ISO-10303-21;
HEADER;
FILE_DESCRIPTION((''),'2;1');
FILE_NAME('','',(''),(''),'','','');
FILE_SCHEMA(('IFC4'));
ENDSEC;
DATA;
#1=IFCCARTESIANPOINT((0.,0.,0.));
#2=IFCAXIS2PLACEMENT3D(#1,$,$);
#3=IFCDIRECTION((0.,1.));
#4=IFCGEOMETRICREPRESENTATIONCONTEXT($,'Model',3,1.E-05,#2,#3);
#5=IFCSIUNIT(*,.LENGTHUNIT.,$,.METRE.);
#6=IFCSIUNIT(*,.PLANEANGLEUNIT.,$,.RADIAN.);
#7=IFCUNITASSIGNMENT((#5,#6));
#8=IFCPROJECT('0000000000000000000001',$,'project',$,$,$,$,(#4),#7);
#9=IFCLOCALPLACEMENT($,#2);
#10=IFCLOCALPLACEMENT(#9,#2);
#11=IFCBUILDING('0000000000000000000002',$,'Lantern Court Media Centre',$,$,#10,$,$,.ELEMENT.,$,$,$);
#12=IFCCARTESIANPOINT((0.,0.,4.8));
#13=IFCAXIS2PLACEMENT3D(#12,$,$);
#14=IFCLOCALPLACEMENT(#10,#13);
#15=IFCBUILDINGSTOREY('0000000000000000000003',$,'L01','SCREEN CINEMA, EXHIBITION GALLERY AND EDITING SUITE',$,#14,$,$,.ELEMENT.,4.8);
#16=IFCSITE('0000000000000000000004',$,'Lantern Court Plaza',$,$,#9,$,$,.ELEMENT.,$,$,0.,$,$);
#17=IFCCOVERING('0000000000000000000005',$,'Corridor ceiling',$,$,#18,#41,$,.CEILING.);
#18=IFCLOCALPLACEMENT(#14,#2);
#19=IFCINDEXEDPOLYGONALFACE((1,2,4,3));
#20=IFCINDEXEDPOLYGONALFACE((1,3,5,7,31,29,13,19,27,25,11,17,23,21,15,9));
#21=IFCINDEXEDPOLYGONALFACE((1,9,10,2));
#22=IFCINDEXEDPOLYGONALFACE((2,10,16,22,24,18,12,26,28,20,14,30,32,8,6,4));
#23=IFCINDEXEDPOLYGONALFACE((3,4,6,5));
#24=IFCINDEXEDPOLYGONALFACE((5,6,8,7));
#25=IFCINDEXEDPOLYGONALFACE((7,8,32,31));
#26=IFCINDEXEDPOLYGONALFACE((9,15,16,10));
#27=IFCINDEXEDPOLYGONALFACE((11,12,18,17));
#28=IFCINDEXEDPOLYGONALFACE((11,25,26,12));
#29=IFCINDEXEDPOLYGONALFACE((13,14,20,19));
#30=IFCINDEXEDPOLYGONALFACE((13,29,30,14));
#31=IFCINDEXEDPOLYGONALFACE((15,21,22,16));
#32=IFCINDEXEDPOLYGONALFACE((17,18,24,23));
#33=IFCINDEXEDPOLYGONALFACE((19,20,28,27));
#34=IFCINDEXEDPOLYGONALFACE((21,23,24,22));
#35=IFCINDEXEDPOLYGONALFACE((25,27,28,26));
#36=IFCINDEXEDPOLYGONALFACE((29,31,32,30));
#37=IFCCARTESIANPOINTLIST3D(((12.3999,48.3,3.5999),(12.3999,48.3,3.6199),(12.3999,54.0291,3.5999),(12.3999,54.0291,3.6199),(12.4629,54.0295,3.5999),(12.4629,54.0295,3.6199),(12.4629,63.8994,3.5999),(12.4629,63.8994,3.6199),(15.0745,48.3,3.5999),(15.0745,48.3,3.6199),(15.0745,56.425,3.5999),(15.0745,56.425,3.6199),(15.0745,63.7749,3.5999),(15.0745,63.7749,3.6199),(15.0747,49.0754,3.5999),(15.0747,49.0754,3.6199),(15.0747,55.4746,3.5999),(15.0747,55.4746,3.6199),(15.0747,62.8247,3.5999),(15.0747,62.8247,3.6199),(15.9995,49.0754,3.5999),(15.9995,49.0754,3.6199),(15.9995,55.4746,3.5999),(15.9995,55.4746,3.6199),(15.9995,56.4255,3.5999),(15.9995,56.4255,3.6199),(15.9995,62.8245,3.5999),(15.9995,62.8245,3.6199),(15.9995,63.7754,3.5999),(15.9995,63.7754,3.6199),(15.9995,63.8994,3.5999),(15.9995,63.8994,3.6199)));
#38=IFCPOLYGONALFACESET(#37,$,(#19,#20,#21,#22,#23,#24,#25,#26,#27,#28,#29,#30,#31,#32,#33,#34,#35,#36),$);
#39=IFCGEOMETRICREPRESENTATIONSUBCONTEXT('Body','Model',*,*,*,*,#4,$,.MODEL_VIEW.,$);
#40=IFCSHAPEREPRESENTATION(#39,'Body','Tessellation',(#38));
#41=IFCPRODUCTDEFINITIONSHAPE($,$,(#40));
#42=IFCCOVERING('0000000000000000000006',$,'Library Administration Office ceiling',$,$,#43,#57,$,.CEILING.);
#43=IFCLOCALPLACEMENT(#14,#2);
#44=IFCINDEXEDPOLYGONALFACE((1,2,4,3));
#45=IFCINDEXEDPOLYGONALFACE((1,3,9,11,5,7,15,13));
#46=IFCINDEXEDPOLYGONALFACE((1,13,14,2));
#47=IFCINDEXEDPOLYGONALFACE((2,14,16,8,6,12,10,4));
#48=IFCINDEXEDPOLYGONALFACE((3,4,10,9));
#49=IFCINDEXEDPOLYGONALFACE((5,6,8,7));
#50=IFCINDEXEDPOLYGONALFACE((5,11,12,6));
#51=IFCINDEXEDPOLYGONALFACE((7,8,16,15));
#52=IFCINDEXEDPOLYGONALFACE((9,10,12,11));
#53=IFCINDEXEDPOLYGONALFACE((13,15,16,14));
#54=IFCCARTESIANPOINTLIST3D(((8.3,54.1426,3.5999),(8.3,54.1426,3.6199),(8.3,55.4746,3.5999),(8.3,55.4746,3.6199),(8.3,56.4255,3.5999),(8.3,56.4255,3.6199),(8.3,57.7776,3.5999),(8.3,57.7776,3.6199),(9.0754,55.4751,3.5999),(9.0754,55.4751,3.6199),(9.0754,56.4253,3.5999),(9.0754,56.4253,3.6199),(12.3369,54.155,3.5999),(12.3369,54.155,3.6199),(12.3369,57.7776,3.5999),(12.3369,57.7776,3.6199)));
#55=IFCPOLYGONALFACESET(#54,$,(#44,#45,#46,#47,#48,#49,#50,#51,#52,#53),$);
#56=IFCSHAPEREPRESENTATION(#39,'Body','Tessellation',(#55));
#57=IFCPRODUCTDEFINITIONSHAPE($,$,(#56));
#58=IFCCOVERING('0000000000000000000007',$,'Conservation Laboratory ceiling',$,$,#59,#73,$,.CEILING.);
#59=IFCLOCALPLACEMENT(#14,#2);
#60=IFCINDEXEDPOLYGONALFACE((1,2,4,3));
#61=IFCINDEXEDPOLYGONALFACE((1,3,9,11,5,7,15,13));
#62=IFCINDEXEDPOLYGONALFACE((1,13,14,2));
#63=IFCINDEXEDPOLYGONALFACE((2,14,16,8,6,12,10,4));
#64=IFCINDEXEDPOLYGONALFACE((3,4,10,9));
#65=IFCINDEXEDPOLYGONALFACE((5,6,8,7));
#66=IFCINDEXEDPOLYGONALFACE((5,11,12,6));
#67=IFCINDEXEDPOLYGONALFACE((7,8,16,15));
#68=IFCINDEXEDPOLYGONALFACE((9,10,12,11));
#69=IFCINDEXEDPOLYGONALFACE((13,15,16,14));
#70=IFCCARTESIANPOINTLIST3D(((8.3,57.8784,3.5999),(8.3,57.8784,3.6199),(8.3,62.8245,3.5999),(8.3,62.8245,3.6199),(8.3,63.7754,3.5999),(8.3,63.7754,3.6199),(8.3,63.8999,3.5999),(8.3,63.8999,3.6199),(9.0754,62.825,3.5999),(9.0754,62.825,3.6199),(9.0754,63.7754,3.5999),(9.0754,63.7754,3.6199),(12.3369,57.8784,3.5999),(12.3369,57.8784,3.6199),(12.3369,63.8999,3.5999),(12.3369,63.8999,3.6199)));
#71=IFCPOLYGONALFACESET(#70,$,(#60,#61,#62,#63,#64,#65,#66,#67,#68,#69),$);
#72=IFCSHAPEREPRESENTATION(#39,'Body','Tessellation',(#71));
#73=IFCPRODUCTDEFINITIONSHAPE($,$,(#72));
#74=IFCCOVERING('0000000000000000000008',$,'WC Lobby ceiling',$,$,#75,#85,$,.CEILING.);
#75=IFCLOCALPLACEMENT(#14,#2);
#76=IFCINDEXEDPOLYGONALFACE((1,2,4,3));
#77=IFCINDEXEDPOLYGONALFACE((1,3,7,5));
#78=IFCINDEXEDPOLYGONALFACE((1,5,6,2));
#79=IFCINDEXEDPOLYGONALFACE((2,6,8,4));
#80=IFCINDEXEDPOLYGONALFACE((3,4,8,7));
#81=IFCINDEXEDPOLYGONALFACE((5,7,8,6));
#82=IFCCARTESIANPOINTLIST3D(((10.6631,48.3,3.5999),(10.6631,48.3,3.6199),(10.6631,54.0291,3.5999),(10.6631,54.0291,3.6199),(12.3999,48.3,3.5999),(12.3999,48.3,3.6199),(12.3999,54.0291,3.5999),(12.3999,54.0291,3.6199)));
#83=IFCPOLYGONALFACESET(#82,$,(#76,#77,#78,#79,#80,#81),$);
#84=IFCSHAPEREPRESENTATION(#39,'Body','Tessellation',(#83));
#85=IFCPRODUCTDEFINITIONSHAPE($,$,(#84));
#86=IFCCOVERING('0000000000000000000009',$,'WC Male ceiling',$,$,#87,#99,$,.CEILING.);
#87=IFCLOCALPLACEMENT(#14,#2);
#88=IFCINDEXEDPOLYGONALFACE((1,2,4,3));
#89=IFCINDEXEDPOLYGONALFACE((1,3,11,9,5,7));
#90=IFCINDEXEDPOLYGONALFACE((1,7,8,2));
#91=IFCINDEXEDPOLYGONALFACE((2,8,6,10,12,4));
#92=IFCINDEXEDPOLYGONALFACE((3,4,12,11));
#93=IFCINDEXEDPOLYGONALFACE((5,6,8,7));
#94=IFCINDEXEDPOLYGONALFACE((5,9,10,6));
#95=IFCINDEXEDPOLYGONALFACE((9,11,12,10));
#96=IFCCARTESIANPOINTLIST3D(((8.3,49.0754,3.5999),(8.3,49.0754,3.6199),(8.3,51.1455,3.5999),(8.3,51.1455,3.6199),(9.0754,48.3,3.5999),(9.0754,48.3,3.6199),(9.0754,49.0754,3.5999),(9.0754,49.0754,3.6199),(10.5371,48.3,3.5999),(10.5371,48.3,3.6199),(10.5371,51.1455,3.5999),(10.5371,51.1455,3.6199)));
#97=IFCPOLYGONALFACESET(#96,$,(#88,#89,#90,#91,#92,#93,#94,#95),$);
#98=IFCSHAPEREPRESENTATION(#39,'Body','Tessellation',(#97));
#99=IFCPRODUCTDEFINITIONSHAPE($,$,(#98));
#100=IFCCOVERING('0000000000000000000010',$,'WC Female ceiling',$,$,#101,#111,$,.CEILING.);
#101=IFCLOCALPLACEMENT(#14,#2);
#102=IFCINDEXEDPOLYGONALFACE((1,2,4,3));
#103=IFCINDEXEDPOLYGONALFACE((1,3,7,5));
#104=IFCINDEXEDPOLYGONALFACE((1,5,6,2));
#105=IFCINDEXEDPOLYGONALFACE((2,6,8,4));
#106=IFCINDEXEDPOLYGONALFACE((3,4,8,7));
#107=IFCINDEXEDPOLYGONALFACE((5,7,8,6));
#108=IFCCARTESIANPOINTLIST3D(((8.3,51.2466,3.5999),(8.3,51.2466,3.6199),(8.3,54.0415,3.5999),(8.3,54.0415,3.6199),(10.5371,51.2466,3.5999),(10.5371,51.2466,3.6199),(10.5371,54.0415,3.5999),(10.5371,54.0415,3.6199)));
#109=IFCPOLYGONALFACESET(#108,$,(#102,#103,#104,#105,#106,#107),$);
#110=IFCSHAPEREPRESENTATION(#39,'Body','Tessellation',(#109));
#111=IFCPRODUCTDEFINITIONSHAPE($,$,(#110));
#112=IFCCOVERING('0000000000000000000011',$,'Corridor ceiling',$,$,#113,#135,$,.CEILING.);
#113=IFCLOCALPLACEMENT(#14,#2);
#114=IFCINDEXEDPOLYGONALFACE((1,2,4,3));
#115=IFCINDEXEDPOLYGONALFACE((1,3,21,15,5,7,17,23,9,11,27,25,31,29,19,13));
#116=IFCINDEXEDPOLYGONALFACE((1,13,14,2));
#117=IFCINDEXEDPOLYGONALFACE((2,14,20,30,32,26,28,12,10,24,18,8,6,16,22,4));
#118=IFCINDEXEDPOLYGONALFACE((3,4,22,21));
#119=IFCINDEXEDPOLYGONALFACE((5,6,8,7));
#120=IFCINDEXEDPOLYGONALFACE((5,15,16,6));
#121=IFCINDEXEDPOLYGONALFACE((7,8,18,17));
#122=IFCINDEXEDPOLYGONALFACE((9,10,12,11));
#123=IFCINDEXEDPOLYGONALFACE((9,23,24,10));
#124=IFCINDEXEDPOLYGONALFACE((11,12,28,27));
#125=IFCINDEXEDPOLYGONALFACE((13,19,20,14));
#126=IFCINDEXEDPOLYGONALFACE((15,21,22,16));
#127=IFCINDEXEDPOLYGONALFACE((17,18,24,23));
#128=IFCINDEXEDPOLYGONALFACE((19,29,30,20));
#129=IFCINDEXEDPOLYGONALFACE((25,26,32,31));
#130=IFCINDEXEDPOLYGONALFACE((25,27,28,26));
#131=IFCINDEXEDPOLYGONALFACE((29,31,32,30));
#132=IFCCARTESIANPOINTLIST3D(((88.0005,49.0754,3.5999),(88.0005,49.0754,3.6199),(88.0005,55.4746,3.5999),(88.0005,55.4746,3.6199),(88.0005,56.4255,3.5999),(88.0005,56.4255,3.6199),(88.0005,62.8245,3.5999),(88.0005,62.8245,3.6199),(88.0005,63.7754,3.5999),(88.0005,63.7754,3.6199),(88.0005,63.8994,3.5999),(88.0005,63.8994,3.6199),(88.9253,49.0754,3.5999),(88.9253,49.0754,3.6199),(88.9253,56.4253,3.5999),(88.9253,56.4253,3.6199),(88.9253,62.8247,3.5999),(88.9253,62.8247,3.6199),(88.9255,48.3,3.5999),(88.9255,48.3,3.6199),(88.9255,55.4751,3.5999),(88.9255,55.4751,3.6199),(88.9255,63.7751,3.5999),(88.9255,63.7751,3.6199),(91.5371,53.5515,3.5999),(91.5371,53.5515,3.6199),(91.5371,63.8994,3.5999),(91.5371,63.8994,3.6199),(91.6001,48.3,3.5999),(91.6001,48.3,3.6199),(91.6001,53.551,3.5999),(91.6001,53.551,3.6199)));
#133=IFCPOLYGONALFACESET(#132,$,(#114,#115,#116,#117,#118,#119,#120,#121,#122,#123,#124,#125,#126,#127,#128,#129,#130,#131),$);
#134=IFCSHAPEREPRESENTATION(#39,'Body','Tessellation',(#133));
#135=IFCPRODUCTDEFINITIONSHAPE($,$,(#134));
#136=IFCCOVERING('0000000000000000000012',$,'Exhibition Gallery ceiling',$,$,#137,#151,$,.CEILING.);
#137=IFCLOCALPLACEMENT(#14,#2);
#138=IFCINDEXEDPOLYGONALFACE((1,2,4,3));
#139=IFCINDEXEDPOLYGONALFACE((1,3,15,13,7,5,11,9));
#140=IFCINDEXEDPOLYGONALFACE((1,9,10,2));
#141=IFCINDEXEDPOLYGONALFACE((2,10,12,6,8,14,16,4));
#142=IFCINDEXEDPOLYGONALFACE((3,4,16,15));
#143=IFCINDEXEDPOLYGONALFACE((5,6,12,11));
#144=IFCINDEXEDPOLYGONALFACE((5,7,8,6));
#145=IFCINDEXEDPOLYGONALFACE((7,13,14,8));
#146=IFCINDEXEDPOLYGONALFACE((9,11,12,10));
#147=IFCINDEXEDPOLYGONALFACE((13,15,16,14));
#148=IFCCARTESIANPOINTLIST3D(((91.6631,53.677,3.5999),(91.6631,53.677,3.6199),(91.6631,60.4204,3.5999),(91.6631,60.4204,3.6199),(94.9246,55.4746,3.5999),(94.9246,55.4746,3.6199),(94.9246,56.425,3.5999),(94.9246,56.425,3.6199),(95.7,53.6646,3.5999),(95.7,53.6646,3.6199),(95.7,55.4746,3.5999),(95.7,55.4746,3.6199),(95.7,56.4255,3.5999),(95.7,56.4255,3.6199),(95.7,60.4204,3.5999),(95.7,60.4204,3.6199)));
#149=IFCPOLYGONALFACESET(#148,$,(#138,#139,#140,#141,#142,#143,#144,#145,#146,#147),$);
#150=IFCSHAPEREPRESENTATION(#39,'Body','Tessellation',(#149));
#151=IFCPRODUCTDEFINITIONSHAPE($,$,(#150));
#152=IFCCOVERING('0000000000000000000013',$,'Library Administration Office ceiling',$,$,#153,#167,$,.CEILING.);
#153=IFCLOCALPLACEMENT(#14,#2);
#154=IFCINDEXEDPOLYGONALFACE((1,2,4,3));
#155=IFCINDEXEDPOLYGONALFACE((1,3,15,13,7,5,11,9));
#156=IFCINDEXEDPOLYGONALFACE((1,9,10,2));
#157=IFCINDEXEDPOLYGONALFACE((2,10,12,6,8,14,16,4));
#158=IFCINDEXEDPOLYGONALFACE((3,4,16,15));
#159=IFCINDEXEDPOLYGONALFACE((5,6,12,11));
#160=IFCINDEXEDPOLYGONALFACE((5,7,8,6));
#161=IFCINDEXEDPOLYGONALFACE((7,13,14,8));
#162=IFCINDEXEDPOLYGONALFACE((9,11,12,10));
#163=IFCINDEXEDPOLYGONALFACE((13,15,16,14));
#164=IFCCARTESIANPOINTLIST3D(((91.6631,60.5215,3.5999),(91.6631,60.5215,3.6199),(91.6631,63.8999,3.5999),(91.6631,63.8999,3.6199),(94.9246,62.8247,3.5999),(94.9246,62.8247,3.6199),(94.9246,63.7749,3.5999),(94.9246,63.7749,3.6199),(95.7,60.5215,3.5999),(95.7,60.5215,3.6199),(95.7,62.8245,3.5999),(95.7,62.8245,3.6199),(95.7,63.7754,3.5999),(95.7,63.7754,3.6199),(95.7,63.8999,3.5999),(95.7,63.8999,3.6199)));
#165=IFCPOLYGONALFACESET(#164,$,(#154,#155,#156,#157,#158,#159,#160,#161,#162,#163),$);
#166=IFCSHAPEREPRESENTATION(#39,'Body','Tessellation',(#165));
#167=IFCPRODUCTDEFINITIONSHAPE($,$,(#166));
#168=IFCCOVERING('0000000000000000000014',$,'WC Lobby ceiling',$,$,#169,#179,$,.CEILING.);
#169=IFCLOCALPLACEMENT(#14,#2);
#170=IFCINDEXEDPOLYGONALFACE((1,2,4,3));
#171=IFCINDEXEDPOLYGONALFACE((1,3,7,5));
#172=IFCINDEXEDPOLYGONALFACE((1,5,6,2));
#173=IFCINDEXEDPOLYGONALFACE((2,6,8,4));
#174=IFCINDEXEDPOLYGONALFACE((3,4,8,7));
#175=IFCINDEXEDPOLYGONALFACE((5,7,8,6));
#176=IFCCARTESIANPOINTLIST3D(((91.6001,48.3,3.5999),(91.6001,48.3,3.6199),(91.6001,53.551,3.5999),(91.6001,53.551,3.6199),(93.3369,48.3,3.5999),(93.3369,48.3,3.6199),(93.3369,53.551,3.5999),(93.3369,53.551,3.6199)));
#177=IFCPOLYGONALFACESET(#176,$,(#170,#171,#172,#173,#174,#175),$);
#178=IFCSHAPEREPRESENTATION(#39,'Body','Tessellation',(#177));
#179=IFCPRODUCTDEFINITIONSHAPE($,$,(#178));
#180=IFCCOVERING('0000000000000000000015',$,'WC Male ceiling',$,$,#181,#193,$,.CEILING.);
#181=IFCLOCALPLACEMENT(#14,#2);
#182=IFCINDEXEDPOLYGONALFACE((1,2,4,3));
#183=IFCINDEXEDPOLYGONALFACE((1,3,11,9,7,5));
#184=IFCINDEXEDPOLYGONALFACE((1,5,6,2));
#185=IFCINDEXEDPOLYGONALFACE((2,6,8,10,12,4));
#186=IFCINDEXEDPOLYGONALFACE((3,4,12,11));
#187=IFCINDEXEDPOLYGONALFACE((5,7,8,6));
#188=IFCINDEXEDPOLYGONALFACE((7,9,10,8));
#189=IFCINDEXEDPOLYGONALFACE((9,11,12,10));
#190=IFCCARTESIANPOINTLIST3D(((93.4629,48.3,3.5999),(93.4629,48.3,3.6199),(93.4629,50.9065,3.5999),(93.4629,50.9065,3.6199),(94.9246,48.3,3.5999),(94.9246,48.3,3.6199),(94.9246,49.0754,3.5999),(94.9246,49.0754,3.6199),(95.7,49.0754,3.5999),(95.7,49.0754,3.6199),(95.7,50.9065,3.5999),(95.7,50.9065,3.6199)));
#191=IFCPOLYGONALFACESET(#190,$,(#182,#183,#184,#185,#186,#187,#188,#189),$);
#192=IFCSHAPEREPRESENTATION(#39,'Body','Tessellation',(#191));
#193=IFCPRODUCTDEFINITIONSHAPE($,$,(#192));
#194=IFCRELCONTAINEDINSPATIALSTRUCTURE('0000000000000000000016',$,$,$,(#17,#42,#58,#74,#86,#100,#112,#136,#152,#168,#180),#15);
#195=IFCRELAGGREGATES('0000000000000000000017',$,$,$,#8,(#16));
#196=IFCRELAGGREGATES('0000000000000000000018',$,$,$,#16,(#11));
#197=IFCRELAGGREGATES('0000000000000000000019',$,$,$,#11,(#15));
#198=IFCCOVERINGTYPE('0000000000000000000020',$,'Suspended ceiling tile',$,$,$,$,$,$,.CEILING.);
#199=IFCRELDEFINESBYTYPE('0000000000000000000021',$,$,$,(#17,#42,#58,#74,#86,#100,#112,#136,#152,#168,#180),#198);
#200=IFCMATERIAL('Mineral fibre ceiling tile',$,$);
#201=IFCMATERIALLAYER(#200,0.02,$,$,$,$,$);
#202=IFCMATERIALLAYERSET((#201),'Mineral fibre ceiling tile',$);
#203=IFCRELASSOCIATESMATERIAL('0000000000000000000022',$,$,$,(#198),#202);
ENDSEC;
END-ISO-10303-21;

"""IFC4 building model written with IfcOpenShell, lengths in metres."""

from ifc_helpers import new_model, si_unit, direction, frame, origin, place, context, subcontext, project, spatial, polyline, outline, extrude, material, layer, layer_set, type_object, element, save


model = new_model("IFC4")

# Units and contexts
model_context = context("Model", 3, precision=1e-05, world=origin(), true_north=direction((0.0, 1.0)))
body_context = subcontext(model_context, "Body", "Model", "MODEL_VIEW")
ifc_project = project(units=[si_unit("LENGTHUNIT", "METRE"), si_unit("PLANEANGLEUNIT", "RADIAN")], contexts=[model_context])

# Site, building, storey
site_placement = place(None, origin())
site = spatial("IfcSite", under=ifc_project, at=site_placement, Name="Lantern Court Plaza", CompositionType="ELEMENT", RefElevation=0.0)
building_placement = place(site_placement, origin())
building = spatial("IfcBuilding", under=site, at=building_placement, Name="Lantern Court Media Centre", CompositionType="ELEMENT")
storey_placement = place(building_placement, frame((0.0, 0.0, 4.8)))
storey = spatial("IfcBuildingStorey", under=building, at=storey_placement, Name="L01", Description="SCREEN CINEMA, EXHIBITION GALLERY AND EDITING SUITE", CompositionType="ELEMENT", Elevation=4.8)

# Coverings
ifc_material = material(Name="Mineral fibre ceiling tile")
ifc_layer = layer(ifc_material, 0.02)
ifc_layer_set = layer_set([ifc_layer], Name="Mineral fibre ceiling tile")
covering_type = type_object("IfcCoveringType", Name="Suspended ceiling tile", PredefinedType="CEILING", material=ifc_layer_set)
covering_1_placement = place(storey_placement, frame((0.0, 0.0, 3.5999)))
element("IfcCovering", 1, at=covering_1_placement, inside=storey, type_object=covering_type, Name="Corridor ceiling", PredefinedType="CEILING", context=body_context, shape_type="SweptSolid", body=[
    extrude(outline(polyline([(12.3999, 48.3), (12.3999, 54.0291), (12.4629, 54.0295), (12.4629, 63.8994), (15.9995, 63.8994), (15.9995, 63.7754), (15.0745, 63.7749), (15.0747, 62.8247), (15.9995, 62.8245), (15.9995, 56.4255), (15.0745, 56.425), (15.0747, 55.4746), (15.9995, 55.4746), (15.9995, 49.0754), (15.0747, 49.0754), (15.0745, 48.3), (12.3999, 48.3)])), origin(), (0.0, 0.0, 1.0), 0.02),
])
covering_2_placement = place(storey_placement, frame((0.0, 0.0, 3.5999)))
element("IfcCovering", 2, at=covering_2_placement, inside=storey, type_object=covering_type, Name="Library Administration Office ceiling", PredefinedType="CEILING", context=body_context, shape_type="SweptSolid", body=[
    extrude(outline(polyline([(8.3, 57.7776), (12.3369, 57.7776), (12.3369, 54.155), (8.3, 54.1426), (8.3, 55.4746), (9.0754, 55.4751), (9.0754, 56.4253), (8.3, 56.4255), (8.3, 57.7776)])), origin(), (0.0, 0.0, 1.0), 0.02),
])
covering_3_placement = place(storey_placement, frame((0.0, 0.0, 3.5999)))
element("IfcCovering", 3, at=covering_3_placement, inside=storey, type_object=covering_type, Name="Conservation Laboratory ceiling", PredefinedType="CEILING", context=body_context, shape_type="SweptSolid", body=[
    extrude(outline(polyline([(8.3, 63.8999), (12.3369, 63.8999), (12.3369, 57.8784), (8.3, 57.8784), (8.3, 62.8245), (9.0754, 62.825), (9.0754, 63.7754), (8.3, 63.7754), (8.3, 63.8999)])), origin(), (0.0, 0.0, 1.0), 0.02),
])
covering_4_placement = place(storey_placement, frame((0.0, 0.0, 3.5999)))
element("IfcCovering", 4, at=covering_4_placement, inside=storey, type_object=covering_type, Name="WC Lobby ceiling", PredefinedType="CEILING", context=body_context, shape_type="SweptSolid", body=[
    extrude(outline(polyline([(12.3999, 48.3), (10.6631, 48.3), (10.6631, 54.0291), (12.3999, 54.0291), (12.3999, 48.3)])), origin(), (0.0, 0.0, 1.0), 0.02),
])
covering_5_placement = place(storey_placement, frame((0.0, 0.0, 3.5999)))
element("IfcCovering", 5, at=covering_5_placement, inside=storey, type_object=covering_type, Name="WC Male ceiling", PredefinedType="CEILING", context=body_context, shape_type="SweptSolid", body=[
    extrude(outline(polyline([(8.3, 51.1455), (10.5371, 51.1455), (10.5371, 48.3), (9.0754, 48.3), (9.0754, 49.0754), (8.3, 49.0754), (8.3, 51.1455)])), origin(), (0.0, 0.0, 1.0), 0.02),
])
covering_6_placement = place(storey_placement, frame((0.0, 0.0, 3.5999)))
element("IfcCovering", 6, at=covering_6_placement, inside=storey, type_object=covering_type, Name="WC Female ceiling", PredefinedType="CEILING", context=body_context, shape_type="SweptSolid", body=[
    extrude(outline(polyline([(8.3, 54.0415), (10.5371, 54.0415), (10.5371, 51.2466), (8.3, 51.2466), (8.3, 54.0415)])), origin(), (0.0, 0.0, 1.0), 0.02),
])
covering_7_placement = place(storey_placement, frame((0.0, 0.0, 3.5999)))
element("IfcCovering", 7, at=covering_7_placement, inside=storey, type_object=covering_type, Name="Corridor ceiling", PredefinedType="CEILING", context=body_context, shape_type="SweptSolid", body=[
    extrude(outline(polyline([(91.6001, 48.3), (88.9255, 48.3), (88.9253, 49.0754), (88.0005, 49.0754), (88.0005, 55.4746), (88.9255, 55.4751), (88.9253, 56.4253), (88.0005, 56.4255), (88.0005, 62.8245), (88.9253, 62.8247), (88.9255, 63.7751), (88.0005, 63.7754), (88.0005, 63.8994), (91.5371, 63.8994), (91.5371, 53.5515), (91.6001, 53.551), (91.6001, 48.3)])), origin(), (0.0, 0.0, 1.0), 0.02),
])
covering_8_placement = place(storey_placement, frame((0.0, 0.0, 3.5999)))
element("IfcCovering", 8, at=covering_8_placement, inside=storey, type_object=covering_type, Name="Exhibition Gallery ceiling", PredefinedType="CEILING", context=body_context, shape_type="SweptSolid", body=[
    extrude(outline(polyline([(95.7, 53.6646), (91.6631, 53.677), (91.6631, 60.4204), (95.7, 60.4204), (95.7, 56.4255), (94.9246, 56.425), (94.9246, 55.4746), (95.7, 55.4746), (95.7, 53.6646)])), origin(), (0.0, 0.0, 1.0), 0.02),
])
covering_9_placement = place(storey_placement, frame((0.0, 0.0, 3.5999)))
element("IfcCovering", 9, at=covering_9_placement, inside=storey, type_object=covering_type, Name="Library Administration Office ceiling", PredefinedType="CEILING", context=body_context, shape_type="SweptSolid", body=[
    extrude(outline(polyline([(95.7, 60.5215), (91.6631, 60.5215), (91.6631, 63.8999), (95.7, 63.8999), (95.7, 63.7754), (94.9246, 63.7749), (94.9246, 62.8247), (95.7, 62.8245), (95.7, 60.5215)])), origin(), (0.0, 0.0, 1.0), 0.02),
])
covering_10_placement = place(storey_placement, frame((0.0, 0.0, 3.5999)))
element("IfcCovering", 10, at=covering_10_placement, inside=storey, type_object=covering_type, Name="WC Lobby ceiling", PredefinedType="CEILING", context=body_context, shape_type="SweptSolid", body=[
    extrude(outline(polyline([(91.6001, 48.3), (91.6001, 53.551), (93.3369, 53.551), (93.3369, 48.3), (91.6001, 48.3)])), origin(), (0.0, 0.0, 1.0), 0.02),
])
covering_11_placement = place(storey_placement, frame((0.0, 0.0, 3.5999)))
element("IfcCovering", 11, at=covering_11_placement, inside=storey, type_object=covering_type, Name="WC Male ceiling", PredefinedType="CEILING", context=body_context, shape_type="SweptSolid", body=[
    extrude(outline(polyline([(95.7, 49.0754), (94.9246, 49.0754), (94.9246, 48.3), (93.4629, 48.3), (93.4629, 50.9065), (95.7, 50.9065), (95.7, 49.0754)])), origin(), (0.0, 0.0, 1.0), 0.02),
])

save(model, "model.ifc")
